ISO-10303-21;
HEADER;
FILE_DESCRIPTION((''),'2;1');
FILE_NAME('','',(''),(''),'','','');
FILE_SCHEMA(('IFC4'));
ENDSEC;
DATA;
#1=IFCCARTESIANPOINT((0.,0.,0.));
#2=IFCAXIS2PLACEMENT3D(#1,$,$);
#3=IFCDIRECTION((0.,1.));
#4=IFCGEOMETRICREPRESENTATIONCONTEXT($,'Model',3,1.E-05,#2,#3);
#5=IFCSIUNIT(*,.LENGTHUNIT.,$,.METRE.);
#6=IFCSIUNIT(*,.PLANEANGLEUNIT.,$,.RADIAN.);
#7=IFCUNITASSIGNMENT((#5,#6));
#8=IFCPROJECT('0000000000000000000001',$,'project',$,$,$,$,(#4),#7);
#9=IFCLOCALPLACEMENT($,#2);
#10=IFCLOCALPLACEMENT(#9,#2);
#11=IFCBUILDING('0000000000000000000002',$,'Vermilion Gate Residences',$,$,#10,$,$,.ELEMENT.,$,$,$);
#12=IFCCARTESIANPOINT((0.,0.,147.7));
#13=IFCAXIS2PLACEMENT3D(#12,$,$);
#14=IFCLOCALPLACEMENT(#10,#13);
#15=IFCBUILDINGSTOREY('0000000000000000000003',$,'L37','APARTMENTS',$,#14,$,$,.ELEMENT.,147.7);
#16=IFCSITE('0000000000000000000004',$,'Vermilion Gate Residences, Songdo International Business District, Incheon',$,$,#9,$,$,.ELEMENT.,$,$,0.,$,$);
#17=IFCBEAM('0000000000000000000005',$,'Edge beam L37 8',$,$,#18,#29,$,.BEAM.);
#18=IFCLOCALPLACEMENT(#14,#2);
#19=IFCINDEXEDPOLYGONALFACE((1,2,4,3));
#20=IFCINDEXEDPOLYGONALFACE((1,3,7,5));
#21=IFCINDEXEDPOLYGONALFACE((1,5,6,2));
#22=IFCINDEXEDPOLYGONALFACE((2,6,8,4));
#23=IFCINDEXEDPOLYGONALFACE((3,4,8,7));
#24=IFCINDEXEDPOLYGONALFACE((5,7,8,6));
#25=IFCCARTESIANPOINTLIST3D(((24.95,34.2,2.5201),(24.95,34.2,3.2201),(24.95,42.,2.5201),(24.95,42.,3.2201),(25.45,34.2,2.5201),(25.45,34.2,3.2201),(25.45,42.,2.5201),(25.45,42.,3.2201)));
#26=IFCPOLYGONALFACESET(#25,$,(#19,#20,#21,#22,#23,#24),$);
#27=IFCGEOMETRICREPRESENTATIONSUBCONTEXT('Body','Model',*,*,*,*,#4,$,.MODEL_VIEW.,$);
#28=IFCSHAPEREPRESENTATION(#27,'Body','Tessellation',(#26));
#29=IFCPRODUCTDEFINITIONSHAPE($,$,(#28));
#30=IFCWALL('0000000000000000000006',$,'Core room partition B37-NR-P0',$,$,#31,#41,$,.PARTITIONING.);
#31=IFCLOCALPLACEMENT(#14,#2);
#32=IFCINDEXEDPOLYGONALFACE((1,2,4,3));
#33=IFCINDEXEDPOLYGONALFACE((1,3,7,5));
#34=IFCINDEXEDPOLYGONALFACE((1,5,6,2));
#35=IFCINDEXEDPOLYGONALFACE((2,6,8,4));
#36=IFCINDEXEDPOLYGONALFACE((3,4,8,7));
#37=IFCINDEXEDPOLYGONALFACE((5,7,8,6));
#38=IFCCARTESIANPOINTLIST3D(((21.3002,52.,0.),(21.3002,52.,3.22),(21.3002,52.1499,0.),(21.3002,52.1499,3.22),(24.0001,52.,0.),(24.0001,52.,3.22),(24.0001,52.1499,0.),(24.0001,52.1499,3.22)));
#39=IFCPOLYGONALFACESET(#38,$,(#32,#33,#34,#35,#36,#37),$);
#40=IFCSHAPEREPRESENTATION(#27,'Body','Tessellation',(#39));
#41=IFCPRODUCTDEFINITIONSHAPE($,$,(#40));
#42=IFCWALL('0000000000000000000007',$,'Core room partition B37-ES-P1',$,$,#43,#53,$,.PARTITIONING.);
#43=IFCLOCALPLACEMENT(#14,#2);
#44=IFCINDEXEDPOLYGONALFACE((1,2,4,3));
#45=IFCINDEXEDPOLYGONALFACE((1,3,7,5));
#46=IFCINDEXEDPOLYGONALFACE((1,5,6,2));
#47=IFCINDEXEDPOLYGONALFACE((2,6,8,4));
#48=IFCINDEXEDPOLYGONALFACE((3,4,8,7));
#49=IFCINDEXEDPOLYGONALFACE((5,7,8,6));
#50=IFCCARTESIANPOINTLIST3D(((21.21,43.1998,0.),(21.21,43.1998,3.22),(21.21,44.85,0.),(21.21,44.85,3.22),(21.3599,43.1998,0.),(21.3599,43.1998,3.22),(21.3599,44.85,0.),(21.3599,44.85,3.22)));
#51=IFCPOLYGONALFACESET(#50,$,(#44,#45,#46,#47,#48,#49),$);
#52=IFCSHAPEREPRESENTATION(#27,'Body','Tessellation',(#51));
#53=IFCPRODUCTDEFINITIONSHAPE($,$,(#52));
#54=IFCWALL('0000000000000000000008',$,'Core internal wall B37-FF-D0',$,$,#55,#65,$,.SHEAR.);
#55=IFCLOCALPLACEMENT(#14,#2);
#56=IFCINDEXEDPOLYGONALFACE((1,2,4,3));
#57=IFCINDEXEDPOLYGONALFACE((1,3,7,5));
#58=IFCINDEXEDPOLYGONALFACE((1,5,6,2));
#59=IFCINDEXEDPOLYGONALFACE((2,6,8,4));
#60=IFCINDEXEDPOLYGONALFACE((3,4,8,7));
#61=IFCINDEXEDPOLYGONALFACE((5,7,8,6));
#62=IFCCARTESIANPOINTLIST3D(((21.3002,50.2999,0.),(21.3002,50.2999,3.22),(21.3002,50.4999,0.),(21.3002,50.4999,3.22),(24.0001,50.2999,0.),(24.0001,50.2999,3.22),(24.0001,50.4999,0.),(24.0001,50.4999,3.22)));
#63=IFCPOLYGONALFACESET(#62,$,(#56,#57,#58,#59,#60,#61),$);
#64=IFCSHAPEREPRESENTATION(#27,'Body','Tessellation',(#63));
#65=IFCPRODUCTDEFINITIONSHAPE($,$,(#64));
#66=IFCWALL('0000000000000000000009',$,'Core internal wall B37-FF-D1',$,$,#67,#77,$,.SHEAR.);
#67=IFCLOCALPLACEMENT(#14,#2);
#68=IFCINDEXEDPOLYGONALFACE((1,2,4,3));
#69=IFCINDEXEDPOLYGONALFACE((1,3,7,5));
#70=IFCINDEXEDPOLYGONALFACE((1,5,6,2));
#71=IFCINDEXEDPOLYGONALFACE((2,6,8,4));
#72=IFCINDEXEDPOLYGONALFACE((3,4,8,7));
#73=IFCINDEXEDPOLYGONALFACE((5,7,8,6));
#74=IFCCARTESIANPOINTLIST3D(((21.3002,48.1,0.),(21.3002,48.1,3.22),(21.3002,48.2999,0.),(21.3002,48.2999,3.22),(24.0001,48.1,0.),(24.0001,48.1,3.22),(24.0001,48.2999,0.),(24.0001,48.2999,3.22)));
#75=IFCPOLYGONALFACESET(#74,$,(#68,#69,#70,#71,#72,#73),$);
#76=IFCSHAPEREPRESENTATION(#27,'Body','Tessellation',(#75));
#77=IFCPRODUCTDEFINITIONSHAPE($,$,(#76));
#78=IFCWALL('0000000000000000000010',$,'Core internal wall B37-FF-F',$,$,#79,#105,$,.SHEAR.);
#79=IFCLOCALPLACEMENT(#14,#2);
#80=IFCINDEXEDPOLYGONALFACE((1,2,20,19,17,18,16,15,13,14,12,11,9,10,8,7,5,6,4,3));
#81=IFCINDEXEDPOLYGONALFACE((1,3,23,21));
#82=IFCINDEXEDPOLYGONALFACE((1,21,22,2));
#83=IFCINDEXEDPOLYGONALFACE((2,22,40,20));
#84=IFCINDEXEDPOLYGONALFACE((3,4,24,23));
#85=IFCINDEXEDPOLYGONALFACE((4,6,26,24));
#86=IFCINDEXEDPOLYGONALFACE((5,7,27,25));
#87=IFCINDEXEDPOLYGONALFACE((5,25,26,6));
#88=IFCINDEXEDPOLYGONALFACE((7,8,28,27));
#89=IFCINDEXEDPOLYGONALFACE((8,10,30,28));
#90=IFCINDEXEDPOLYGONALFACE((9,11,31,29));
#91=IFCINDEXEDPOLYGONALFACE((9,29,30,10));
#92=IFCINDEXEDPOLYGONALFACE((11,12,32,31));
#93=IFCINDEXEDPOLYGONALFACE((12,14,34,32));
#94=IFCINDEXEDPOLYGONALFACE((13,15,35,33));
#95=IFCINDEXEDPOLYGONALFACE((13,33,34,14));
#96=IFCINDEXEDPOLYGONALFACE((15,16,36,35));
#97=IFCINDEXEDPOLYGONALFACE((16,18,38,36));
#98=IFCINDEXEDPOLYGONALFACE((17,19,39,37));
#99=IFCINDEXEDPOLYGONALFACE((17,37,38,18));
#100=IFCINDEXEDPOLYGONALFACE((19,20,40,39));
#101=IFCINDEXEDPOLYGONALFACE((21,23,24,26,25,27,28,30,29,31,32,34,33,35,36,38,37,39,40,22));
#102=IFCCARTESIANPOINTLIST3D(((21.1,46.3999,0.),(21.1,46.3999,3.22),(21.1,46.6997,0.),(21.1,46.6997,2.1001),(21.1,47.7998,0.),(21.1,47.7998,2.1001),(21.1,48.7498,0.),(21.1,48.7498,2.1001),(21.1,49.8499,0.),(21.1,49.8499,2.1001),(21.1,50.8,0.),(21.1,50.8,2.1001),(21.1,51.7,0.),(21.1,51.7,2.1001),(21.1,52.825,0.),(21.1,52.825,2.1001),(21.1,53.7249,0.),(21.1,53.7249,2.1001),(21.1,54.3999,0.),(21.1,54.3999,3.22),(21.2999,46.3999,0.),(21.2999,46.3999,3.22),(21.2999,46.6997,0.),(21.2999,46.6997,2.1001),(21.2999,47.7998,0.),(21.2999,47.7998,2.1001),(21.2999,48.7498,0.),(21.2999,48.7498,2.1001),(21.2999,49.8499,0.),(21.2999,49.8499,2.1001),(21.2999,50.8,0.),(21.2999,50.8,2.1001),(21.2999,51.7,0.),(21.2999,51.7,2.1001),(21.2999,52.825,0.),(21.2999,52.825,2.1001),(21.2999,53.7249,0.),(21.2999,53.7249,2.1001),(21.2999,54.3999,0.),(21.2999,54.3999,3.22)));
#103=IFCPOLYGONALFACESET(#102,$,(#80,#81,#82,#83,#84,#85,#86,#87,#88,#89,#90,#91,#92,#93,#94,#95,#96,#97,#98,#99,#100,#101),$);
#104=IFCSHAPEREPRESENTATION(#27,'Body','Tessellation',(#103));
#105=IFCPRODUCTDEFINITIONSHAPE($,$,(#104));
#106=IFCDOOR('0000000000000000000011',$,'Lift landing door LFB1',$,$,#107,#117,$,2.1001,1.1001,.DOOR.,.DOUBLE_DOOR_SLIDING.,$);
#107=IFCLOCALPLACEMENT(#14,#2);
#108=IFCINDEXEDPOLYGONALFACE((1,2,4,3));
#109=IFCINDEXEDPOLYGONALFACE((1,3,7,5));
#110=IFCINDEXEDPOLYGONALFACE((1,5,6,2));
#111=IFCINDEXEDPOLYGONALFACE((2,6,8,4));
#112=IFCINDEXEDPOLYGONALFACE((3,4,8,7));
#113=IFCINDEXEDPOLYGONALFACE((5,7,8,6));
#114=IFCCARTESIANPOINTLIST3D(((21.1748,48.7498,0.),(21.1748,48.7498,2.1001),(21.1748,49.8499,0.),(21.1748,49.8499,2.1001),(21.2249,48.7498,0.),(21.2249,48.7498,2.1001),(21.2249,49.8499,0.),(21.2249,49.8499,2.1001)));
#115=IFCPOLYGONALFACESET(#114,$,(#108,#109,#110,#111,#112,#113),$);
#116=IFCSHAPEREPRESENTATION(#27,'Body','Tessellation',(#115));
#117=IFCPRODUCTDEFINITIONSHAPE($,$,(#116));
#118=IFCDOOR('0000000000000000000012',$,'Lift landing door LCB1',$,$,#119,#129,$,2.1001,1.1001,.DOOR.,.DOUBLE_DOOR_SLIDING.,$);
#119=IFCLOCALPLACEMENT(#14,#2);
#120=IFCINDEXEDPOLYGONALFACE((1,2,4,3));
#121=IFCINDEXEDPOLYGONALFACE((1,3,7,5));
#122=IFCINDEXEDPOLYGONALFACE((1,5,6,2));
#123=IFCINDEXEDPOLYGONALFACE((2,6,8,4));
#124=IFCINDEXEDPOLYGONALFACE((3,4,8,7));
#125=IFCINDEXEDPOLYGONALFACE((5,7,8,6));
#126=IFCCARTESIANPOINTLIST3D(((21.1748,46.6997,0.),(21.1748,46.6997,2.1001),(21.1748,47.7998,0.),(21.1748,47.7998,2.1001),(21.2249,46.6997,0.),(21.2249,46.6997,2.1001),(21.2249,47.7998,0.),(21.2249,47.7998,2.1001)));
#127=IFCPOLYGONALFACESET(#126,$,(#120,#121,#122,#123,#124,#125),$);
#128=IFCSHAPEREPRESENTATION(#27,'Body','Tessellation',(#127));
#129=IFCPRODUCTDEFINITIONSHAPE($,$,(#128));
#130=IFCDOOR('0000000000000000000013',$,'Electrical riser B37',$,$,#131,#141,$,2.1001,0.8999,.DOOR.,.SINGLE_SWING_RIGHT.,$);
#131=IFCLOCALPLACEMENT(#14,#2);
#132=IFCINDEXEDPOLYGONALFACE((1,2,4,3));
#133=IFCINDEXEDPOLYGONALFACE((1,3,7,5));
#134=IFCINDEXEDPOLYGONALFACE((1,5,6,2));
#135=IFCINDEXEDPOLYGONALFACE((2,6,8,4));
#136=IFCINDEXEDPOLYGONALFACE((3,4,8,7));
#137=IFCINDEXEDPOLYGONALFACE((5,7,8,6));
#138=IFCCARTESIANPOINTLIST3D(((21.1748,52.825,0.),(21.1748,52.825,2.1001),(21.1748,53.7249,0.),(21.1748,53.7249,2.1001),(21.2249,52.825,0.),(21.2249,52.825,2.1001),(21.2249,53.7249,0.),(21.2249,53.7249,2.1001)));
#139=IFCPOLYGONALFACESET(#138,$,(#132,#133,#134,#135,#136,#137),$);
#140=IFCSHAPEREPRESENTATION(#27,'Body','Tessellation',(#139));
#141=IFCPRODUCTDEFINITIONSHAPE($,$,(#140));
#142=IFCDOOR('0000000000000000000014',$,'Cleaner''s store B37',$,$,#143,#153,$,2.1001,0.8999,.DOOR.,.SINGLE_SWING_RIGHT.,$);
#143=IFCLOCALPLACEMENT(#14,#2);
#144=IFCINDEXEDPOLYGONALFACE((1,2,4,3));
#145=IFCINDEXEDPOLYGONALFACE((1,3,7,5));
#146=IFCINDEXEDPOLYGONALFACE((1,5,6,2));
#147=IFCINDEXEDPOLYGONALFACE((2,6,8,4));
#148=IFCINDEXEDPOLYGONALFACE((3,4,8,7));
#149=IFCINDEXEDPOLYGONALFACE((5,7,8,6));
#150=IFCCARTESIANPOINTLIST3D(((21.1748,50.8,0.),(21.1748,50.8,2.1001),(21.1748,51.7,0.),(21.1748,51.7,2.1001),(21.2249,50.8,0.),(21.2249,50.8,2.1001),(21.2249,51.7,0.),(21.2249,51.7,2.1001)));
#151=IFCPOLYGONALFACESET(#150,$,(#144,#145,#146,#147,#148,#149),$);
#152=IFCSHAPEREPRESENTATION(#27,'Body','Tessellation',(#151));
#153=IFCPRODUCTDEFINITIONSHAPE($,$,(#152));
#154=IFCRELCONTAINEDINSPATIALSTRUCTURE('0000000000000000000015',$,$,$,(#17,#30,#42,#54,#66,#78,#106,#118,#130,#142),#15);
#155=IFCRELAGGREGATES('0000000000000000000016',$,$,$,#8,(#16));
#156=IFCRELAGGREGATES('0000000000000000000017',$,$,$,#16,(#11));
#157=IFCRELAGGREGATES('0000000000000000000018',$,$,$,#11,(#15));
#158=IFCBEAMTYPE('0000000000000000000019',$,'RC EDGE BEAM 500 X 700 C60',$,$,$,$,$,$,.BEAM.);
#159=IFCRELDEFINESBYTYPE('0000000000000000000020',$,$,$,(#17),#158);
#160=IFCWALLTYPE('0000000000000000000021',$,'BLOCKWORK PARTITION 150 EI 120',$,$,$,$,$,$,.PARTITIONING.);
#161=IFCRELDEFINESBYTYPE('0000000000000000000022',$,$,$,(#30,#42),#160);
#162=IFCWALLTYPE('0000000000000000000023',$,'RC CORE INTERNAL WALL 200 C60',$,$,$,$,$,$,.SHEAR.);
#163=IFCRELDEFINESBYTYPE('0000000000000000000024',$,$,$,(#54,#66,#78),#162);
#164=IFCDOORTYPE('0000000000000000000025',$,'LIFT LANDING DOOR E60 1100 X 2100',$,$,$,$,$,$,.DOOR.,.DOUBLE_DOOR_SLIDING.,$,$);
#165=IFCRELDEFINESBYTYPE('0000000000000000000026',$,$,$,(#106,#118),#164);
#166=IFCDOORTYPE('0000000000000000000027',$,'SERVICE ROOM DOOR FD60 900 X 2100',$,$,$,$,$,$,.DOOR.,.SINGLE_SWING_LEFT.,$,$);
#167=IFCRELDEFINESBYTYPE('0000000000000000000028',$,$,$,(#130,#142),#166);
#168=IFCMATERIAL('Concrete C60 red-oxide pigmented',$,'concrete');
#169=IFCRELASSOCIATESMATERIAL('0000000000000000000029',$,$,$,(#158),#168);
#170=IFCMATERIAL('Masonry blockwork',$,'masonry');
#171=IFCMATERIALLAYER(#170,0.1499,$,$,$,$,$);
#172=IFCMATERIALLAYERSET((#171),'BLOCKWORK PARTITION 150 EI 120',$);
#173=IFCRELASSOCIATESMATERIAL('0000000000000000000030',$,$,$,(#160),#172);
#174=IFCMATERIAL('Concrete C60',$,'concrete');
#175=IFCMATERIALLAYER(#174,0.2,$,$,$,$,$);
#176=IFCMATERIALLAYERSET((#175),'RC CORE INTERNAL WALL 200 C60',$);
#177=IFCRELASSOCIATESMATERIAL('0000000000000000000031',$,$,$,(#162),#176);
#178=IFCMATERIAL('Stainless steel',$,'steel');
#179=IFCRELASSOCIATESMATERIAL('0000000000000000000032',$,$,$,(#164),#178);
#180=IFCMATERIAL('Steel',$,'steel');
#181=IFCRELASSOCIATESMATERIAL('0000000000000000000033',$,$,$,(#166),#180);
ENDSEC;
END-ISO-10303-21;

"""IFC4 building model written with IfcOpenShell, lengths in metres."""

from ifc_helpers import new_model, si_unit, direction, frame, frame_2d, origin, origin_2d, place, context, subcontext, project, spatial, rectangle, extrude, material, layer, layer_set, material_profile, profile_set, type_object, element, fill, save


model = new_model("IFC4")

# Units and contexts
model_context = context("Model", 3, precision=1e-05, world=origin(), true_north=direction((0.0, 1.0)))
body_context = subcontext(model_context, "Body", "Model", "MODEL_VIEW")
ifc_project = project(units=[si_unit("LENGTHUNIT", "METRE"), si_unit("PLANEANGLEUNIT", "RADIAN")], contexts=[model_context])

# Site, building, storey
site_placement = place(None, origin())
site = spatial("IfcSite", under=ifc_project, at=site_placement, Name="Vermilion Gate Residences, Songdo International Business District, Incheon", CompositionType="ELEMENT", RefElevation=0.0)
building_placement = place(site_placement, origin())
building = spatial("IfcBuilding", under=site, at=building_placement, Name="Vermilion Gate Residences", CompositionType="ELEMENT")
storey_placement = place(building_placement, frame((0.0, 0.0, 147.7)))
storey = spatial("IfcBuildingStorey", under=building, at=storey_placement, Name="L37", Description="APARTMENTS", CompositionType="ELEMENT", Elevation=147.7)

# Beam
ifc_material_1 = material(Name="Concrete C60 red-oxide pigmented", Category="concrete")
ifc_material_profile_1 = material_profile(ifc_material_1, rectangle(XDim=0.5, YDim=0.7, at=origin_2d()), Name="RC-500x700")
ifc_profile_set_1 = profile_set([ifc_material_profile_1], Name="Concrete C60 red-oxide pigmented")
beam_type = type_object("IfcBeamType", Name="RC EDGE BEAM 500 X 700 C60", PredefinedType="BEAM", material=ifc_profile_set_1)
beam_placement = place(storey_placement, frame((25.2, 34.2, 2.8701), z_axis=(0.0, 1.0, 0.0), x_axis=(-1.0, 0.0, 0.0)))
element("IfcBeam", 1, at=beam_placement, inside=storey, type_object=beam_type, Name="Edge beam L37 8", PredefinedType="BEAM", context=body_context, shape_type="SweptSolid", body=[
    extrude(rectangle(XDim=0.5, YDim=0.7, at=origin_2d()), origin(), (0.0, 0.0, 1.0), 7.8),
])

# Walls
ifc_material_2 = material(Name="Masonry blockwork", Category="masonry")
ifc_layer_1 = layer(ifc_material_2, 0.1499)
ifc_layer_set_1 = layer_set([ifc_layer_1], Name="BLOCKWORK PARTITION 150 EI 120")
wall_type_1 = type_object("IfcWallType", Name="BLOCKWORK PARTITION 150 EI 120", PredefinedType="PARTITIONING", material=ifc_layer_set_1)
wall_1_placement = place(storey_placement, frame((21.3, 52.075, 0.0), z_axis=(0.0, 0.0, 1.0), x_axis=(1.0, 0.0, 0.0)))
element("IfcWall", 2, at=wall_1_placement, inside=storey, type_object=wall_type_1, Name="Core room partition B37-NR-P0", PredefinedType="PARTITIONING", context=body_context, shape_type="SweptSolid", body=[
    extrude(rectangle(XDim=2.7, YDim=0.1499, at=frame_2d((1.3501, 0.0))), origin(), (0.0, 0.0, 1.0), 3.22),
])
wall_2_placement = place(storey_placement, frame((21.2849, 44.8501, 0.0), z_axis=(0.0, 0.0, 1.0), x_axis=(0.0, -1.0, 0.0)))
element("IfcWall", 3, at=wall_2_placement, inside=storey, type_object=wall_type_1, Name="Core room partition B37-ES-P1", PredefinedType="PARTITIONING", context=body_context, shape_type="SweptSolid", body=[
    extrude(rectangle(XDim=1.6501, YDim=0.1499, at=frame_2d((0.8252, 0.0))), origin(), (0.0, 0.0, 1.0), 3.22),
])
ifc_material_3 = material(Name="Concrete C60", Category="concrete")
ifc_layer_2 = layer(ifc_material_3, 0.2)
ifc_layer_set_2 = layer_set([ifc_layer_2], Name="RC CORE INTERNAL WALL 200 C60")
wall_type_2 = type_object("IfcWallType", Name="RC CORE INTERNAL WALL 200 C60", PredefinedType="SHEAR", material=ifc_layer_set_2)
for number, where, z_axis, x_axis, name in (
    (4, (21.3, 50.3999, 0.0), (0.0, 0.0, 1.0), (1.0, 0.0, 0.0), "Core internal wall B37-FF-D0"),
    (5, (21.3, 48.2, 0.0), (0.0, 0.0, 1.0), (1.0, 0.0, 0.0), "Core internal wall B37-FF-D1"),
):
    element("IfcWall", number, at=place(storey_placement, frame(where, z_axis=z_axis, x_axis=x_axis)), inside=storey, type_object=wall_type_2, Name=name, PredefinedType="SHEAR", context=body_context, shape_type="SweptSolid", body=[
        extrude(rectangle(XDim=2.7, YDim=0.2, at=frame_2d((1.3501, 0.0))), origin(), (0.0, 0.0, 1.0), 3.22),
    ])

# Wall, openings, doors
wall_3_placement = place(storey_placement, frame((21.2, 54.3999, 0.0), z_axis=(0.0, 0.0, 1.0), x_axis=(0.0, -1.0, 0.0)))
wall_3 = element("IfcWall", 6, at=wall_3_placement, inside=storey, type_object=wall_type_2, Name="Core internal wall B37-FF-F", PredefinedType="SHEAR", context=body_context, shape_type="SweptSolid", body=[
    extrude(rectangle(XDim=8.0, YDim=0.2, at=frame_2d((4.0, 0.0))), origin(), (0.0, 0.0, 1.0), 3.22),
])
opening_1_placement = place(wall_3_placement, frame((0.675, 0.0, 0.0)))
opening_1 = element("IfcOpeningElement", 7, at=opening_1_placement, cuts=wall_3, PredefinedType="OPENING", context=body_context, shape_type="SweptSolid", body=[
    extrude(rectangle(XDim=0.8999, YDim=2.1001, at=frame_2d((0.45, 1.05))), frame((0.0, 0.1099, 0.0), z_axis=(0.0, -1.0, 0.0), x_axis=(1.0, 0.0, 0.0)), (0.0, 0.0, 1.0), 0.22),
])
opening_2_placement = place(wall_3_placement, frame((2.7, 0.0, 0.0)))
opening_2 = element("IfcOpeningElement", 8, at=opening_2_placement, cuts=wall_3, PredefinedType="OPENING", context=body_context, shape_type="SweptSolid", body=[
    extrude(rectangle(XDim=0.8999, YDim=2.1001, at=frame_2d((0.45, 1.05))), frame((0.0, 0.1099, 0.0), z_axis=(0.0, -1.0, 0.0), x_axis=(1.0, 0.0, 0.0)), (0.0, 0.0, 1.0), 0.22),
])
opening_3_placement = place(wall_3_placement, frame((4.55, 0.0, 0.0)))
opening_3 = element("IfcOpeningElement", 9, at=opening_3_placement, cuts=wall_3, PredefinedType="OPENING", context=body_context, shape_type="SweptSolid", body=[
    extrude(rectangle(XDim=1.1001, YDim=2.1001, at=frame_2d((0.55, 1.05))), frame((0.0, 0.1099, 0.0), z_axis=(0.0, -1.0, 0.0), x_axis=(1.0, 0.0, 0.0)), (0.0, 0.0, 1.0), 0.22),
])
opening_4_placement = place(wall_3_placement, frame((6.6001, 0.0, 0.0)))
opening_4 = element("IfcOpeningElement", 10, at=opening_4_placement, cuts=wall_3, PredefinedType="OPENING", context=body_context, shape_type="SweptSolid", body=[
    extrude(rectangle(XDim=1.1001, YDim=2.1001, at=frame_2d((0.55, 1.05))), frame((0.0, 0.1099, 0.0), z_axis=(0.0, -1.0, 0.0), x_axis=(1.0, 0.0, 0.0)), (0.0, 0.0, 1.0), 0.22),
])
ifc_material_4 = material(Name="Stainless steel", Category="steel")
door_type_1 = type_object("IfcDoorType", Name="LIFT LANDING DOOR E60 1100 X 2100", OperationType="DOUBLE_DOOR_SLIDING", PredefinedType="DOOR", material=ifc_material_4)
door_1_placement = place(opening_3_placement, origin())
door_1 = element("IfcDoor", 11, at=door_1_placement, inside=storey, type_object=door_type_1, Name="Lift landing door LFB1", OperationType="DOUBLE_DOOR_SLIDING", OverallHeight=2.1001, OverallWidth=1.1001, PredefinedType="DOOR", context=body_context, shape_type="SweptSolid", body=[
    extrude(rectangle(XDim=1.1001, YDim=2.1001, at=frame_2d((0.55, 1.05))), frame((0.0, 0.0249, 0.0), z_axis=(0.0, -1.0, 0.0), x_axis=(1.0, 0.0, 0.0)), (0.0, 0.0, 1.0), 0.05),
])
fill(opening_3, door_1)
door_2_placement = place(opening_4_placement, origin())
door_2 = element("IfcDoor", 12, at=door_2_placement, inside=storey, type_object=door_type_1, Name="Lift landing door LCB1", OperationType="DOUBLE_DOOR_SLIDING", OverallHeight=2.1001, OverallWidth=1.1001, PredefinedType="DOOR", context=body_context, shape_type="SweptSolid", body=[
    extrude(rectangle(XDim=1.1001, YDim=2.1001, at=frame_2d((0.55, 1.05))), frame((0.0, 0.0249, 0.0), z_axis=(0.0, -1.0, 0.0), x_axis=(1.0, 0.0, 0.0)), (0.0, 0.0, 1.0), 0.05),
])
fill(opening_4, door_2)
ifc_material_5 = material(Name="Steel", Category="steel")
door_type_2 = type_object("IfcDoorType", Name="SERVICE ROOM DOOR FD60 900 X 2100", OperationType="SINGLE_SWING_LEFT", PredefinedType="DOOR", material=ifc_material_5)
door_3_placement = place(opening_1_placement, origin())
door_3 = element("IfcDoor", 13, at=door_3_placement, inside=storey, type_object=door_type_2, Name="Electrical riser B37", OperationType="SINGLE_SWING_RIGHT", OverallHeight=2.1001, OverallWidth=0.8999, PredefinedType="DOOR", context=body_context, shape_type="SweptSolid", body=[
    extrude(rectangle(XDim=0.8999, YDim=2.1001, at=frame_2d((0.45, 1.05))), frame((0.0, 0.0249, 0.0), z_axis=(0.0, -1.0, 0.0), x_axis=(1.0, 0.0, 0.0)), (0.0, 0.0, 1.0), 0.05),
])
fill(opening_1, door_3)
door_4_placement = place(opening_2_placement, origin())
door_4 = element("IfcDoor", 14, at=door_4_placement, inside=storey, type_object=door_type_2, Name="Cleaner's store B37", OperationType="SINGLE_SWING_RIGHT", OverallHeight=2.1001, OverallWidth=0.8999, PredefinedType="DOOR", context=body_context, shape_type="SweptSolid", body=[
    extrude(rectangle(XDim=0.8999, YDim=2.1001, at=frame_2d((0.45, 1.05))), frame((0.0, 0.0249, 0.0), z_axis=(0.0, -1.0, 0.0), x_axis=(1.0, 0.0, 0.0)), (0.0, 0.0, 1.0), 0.05),
])
fill(opening_2, door_4)

save(model, "model.ifc")
